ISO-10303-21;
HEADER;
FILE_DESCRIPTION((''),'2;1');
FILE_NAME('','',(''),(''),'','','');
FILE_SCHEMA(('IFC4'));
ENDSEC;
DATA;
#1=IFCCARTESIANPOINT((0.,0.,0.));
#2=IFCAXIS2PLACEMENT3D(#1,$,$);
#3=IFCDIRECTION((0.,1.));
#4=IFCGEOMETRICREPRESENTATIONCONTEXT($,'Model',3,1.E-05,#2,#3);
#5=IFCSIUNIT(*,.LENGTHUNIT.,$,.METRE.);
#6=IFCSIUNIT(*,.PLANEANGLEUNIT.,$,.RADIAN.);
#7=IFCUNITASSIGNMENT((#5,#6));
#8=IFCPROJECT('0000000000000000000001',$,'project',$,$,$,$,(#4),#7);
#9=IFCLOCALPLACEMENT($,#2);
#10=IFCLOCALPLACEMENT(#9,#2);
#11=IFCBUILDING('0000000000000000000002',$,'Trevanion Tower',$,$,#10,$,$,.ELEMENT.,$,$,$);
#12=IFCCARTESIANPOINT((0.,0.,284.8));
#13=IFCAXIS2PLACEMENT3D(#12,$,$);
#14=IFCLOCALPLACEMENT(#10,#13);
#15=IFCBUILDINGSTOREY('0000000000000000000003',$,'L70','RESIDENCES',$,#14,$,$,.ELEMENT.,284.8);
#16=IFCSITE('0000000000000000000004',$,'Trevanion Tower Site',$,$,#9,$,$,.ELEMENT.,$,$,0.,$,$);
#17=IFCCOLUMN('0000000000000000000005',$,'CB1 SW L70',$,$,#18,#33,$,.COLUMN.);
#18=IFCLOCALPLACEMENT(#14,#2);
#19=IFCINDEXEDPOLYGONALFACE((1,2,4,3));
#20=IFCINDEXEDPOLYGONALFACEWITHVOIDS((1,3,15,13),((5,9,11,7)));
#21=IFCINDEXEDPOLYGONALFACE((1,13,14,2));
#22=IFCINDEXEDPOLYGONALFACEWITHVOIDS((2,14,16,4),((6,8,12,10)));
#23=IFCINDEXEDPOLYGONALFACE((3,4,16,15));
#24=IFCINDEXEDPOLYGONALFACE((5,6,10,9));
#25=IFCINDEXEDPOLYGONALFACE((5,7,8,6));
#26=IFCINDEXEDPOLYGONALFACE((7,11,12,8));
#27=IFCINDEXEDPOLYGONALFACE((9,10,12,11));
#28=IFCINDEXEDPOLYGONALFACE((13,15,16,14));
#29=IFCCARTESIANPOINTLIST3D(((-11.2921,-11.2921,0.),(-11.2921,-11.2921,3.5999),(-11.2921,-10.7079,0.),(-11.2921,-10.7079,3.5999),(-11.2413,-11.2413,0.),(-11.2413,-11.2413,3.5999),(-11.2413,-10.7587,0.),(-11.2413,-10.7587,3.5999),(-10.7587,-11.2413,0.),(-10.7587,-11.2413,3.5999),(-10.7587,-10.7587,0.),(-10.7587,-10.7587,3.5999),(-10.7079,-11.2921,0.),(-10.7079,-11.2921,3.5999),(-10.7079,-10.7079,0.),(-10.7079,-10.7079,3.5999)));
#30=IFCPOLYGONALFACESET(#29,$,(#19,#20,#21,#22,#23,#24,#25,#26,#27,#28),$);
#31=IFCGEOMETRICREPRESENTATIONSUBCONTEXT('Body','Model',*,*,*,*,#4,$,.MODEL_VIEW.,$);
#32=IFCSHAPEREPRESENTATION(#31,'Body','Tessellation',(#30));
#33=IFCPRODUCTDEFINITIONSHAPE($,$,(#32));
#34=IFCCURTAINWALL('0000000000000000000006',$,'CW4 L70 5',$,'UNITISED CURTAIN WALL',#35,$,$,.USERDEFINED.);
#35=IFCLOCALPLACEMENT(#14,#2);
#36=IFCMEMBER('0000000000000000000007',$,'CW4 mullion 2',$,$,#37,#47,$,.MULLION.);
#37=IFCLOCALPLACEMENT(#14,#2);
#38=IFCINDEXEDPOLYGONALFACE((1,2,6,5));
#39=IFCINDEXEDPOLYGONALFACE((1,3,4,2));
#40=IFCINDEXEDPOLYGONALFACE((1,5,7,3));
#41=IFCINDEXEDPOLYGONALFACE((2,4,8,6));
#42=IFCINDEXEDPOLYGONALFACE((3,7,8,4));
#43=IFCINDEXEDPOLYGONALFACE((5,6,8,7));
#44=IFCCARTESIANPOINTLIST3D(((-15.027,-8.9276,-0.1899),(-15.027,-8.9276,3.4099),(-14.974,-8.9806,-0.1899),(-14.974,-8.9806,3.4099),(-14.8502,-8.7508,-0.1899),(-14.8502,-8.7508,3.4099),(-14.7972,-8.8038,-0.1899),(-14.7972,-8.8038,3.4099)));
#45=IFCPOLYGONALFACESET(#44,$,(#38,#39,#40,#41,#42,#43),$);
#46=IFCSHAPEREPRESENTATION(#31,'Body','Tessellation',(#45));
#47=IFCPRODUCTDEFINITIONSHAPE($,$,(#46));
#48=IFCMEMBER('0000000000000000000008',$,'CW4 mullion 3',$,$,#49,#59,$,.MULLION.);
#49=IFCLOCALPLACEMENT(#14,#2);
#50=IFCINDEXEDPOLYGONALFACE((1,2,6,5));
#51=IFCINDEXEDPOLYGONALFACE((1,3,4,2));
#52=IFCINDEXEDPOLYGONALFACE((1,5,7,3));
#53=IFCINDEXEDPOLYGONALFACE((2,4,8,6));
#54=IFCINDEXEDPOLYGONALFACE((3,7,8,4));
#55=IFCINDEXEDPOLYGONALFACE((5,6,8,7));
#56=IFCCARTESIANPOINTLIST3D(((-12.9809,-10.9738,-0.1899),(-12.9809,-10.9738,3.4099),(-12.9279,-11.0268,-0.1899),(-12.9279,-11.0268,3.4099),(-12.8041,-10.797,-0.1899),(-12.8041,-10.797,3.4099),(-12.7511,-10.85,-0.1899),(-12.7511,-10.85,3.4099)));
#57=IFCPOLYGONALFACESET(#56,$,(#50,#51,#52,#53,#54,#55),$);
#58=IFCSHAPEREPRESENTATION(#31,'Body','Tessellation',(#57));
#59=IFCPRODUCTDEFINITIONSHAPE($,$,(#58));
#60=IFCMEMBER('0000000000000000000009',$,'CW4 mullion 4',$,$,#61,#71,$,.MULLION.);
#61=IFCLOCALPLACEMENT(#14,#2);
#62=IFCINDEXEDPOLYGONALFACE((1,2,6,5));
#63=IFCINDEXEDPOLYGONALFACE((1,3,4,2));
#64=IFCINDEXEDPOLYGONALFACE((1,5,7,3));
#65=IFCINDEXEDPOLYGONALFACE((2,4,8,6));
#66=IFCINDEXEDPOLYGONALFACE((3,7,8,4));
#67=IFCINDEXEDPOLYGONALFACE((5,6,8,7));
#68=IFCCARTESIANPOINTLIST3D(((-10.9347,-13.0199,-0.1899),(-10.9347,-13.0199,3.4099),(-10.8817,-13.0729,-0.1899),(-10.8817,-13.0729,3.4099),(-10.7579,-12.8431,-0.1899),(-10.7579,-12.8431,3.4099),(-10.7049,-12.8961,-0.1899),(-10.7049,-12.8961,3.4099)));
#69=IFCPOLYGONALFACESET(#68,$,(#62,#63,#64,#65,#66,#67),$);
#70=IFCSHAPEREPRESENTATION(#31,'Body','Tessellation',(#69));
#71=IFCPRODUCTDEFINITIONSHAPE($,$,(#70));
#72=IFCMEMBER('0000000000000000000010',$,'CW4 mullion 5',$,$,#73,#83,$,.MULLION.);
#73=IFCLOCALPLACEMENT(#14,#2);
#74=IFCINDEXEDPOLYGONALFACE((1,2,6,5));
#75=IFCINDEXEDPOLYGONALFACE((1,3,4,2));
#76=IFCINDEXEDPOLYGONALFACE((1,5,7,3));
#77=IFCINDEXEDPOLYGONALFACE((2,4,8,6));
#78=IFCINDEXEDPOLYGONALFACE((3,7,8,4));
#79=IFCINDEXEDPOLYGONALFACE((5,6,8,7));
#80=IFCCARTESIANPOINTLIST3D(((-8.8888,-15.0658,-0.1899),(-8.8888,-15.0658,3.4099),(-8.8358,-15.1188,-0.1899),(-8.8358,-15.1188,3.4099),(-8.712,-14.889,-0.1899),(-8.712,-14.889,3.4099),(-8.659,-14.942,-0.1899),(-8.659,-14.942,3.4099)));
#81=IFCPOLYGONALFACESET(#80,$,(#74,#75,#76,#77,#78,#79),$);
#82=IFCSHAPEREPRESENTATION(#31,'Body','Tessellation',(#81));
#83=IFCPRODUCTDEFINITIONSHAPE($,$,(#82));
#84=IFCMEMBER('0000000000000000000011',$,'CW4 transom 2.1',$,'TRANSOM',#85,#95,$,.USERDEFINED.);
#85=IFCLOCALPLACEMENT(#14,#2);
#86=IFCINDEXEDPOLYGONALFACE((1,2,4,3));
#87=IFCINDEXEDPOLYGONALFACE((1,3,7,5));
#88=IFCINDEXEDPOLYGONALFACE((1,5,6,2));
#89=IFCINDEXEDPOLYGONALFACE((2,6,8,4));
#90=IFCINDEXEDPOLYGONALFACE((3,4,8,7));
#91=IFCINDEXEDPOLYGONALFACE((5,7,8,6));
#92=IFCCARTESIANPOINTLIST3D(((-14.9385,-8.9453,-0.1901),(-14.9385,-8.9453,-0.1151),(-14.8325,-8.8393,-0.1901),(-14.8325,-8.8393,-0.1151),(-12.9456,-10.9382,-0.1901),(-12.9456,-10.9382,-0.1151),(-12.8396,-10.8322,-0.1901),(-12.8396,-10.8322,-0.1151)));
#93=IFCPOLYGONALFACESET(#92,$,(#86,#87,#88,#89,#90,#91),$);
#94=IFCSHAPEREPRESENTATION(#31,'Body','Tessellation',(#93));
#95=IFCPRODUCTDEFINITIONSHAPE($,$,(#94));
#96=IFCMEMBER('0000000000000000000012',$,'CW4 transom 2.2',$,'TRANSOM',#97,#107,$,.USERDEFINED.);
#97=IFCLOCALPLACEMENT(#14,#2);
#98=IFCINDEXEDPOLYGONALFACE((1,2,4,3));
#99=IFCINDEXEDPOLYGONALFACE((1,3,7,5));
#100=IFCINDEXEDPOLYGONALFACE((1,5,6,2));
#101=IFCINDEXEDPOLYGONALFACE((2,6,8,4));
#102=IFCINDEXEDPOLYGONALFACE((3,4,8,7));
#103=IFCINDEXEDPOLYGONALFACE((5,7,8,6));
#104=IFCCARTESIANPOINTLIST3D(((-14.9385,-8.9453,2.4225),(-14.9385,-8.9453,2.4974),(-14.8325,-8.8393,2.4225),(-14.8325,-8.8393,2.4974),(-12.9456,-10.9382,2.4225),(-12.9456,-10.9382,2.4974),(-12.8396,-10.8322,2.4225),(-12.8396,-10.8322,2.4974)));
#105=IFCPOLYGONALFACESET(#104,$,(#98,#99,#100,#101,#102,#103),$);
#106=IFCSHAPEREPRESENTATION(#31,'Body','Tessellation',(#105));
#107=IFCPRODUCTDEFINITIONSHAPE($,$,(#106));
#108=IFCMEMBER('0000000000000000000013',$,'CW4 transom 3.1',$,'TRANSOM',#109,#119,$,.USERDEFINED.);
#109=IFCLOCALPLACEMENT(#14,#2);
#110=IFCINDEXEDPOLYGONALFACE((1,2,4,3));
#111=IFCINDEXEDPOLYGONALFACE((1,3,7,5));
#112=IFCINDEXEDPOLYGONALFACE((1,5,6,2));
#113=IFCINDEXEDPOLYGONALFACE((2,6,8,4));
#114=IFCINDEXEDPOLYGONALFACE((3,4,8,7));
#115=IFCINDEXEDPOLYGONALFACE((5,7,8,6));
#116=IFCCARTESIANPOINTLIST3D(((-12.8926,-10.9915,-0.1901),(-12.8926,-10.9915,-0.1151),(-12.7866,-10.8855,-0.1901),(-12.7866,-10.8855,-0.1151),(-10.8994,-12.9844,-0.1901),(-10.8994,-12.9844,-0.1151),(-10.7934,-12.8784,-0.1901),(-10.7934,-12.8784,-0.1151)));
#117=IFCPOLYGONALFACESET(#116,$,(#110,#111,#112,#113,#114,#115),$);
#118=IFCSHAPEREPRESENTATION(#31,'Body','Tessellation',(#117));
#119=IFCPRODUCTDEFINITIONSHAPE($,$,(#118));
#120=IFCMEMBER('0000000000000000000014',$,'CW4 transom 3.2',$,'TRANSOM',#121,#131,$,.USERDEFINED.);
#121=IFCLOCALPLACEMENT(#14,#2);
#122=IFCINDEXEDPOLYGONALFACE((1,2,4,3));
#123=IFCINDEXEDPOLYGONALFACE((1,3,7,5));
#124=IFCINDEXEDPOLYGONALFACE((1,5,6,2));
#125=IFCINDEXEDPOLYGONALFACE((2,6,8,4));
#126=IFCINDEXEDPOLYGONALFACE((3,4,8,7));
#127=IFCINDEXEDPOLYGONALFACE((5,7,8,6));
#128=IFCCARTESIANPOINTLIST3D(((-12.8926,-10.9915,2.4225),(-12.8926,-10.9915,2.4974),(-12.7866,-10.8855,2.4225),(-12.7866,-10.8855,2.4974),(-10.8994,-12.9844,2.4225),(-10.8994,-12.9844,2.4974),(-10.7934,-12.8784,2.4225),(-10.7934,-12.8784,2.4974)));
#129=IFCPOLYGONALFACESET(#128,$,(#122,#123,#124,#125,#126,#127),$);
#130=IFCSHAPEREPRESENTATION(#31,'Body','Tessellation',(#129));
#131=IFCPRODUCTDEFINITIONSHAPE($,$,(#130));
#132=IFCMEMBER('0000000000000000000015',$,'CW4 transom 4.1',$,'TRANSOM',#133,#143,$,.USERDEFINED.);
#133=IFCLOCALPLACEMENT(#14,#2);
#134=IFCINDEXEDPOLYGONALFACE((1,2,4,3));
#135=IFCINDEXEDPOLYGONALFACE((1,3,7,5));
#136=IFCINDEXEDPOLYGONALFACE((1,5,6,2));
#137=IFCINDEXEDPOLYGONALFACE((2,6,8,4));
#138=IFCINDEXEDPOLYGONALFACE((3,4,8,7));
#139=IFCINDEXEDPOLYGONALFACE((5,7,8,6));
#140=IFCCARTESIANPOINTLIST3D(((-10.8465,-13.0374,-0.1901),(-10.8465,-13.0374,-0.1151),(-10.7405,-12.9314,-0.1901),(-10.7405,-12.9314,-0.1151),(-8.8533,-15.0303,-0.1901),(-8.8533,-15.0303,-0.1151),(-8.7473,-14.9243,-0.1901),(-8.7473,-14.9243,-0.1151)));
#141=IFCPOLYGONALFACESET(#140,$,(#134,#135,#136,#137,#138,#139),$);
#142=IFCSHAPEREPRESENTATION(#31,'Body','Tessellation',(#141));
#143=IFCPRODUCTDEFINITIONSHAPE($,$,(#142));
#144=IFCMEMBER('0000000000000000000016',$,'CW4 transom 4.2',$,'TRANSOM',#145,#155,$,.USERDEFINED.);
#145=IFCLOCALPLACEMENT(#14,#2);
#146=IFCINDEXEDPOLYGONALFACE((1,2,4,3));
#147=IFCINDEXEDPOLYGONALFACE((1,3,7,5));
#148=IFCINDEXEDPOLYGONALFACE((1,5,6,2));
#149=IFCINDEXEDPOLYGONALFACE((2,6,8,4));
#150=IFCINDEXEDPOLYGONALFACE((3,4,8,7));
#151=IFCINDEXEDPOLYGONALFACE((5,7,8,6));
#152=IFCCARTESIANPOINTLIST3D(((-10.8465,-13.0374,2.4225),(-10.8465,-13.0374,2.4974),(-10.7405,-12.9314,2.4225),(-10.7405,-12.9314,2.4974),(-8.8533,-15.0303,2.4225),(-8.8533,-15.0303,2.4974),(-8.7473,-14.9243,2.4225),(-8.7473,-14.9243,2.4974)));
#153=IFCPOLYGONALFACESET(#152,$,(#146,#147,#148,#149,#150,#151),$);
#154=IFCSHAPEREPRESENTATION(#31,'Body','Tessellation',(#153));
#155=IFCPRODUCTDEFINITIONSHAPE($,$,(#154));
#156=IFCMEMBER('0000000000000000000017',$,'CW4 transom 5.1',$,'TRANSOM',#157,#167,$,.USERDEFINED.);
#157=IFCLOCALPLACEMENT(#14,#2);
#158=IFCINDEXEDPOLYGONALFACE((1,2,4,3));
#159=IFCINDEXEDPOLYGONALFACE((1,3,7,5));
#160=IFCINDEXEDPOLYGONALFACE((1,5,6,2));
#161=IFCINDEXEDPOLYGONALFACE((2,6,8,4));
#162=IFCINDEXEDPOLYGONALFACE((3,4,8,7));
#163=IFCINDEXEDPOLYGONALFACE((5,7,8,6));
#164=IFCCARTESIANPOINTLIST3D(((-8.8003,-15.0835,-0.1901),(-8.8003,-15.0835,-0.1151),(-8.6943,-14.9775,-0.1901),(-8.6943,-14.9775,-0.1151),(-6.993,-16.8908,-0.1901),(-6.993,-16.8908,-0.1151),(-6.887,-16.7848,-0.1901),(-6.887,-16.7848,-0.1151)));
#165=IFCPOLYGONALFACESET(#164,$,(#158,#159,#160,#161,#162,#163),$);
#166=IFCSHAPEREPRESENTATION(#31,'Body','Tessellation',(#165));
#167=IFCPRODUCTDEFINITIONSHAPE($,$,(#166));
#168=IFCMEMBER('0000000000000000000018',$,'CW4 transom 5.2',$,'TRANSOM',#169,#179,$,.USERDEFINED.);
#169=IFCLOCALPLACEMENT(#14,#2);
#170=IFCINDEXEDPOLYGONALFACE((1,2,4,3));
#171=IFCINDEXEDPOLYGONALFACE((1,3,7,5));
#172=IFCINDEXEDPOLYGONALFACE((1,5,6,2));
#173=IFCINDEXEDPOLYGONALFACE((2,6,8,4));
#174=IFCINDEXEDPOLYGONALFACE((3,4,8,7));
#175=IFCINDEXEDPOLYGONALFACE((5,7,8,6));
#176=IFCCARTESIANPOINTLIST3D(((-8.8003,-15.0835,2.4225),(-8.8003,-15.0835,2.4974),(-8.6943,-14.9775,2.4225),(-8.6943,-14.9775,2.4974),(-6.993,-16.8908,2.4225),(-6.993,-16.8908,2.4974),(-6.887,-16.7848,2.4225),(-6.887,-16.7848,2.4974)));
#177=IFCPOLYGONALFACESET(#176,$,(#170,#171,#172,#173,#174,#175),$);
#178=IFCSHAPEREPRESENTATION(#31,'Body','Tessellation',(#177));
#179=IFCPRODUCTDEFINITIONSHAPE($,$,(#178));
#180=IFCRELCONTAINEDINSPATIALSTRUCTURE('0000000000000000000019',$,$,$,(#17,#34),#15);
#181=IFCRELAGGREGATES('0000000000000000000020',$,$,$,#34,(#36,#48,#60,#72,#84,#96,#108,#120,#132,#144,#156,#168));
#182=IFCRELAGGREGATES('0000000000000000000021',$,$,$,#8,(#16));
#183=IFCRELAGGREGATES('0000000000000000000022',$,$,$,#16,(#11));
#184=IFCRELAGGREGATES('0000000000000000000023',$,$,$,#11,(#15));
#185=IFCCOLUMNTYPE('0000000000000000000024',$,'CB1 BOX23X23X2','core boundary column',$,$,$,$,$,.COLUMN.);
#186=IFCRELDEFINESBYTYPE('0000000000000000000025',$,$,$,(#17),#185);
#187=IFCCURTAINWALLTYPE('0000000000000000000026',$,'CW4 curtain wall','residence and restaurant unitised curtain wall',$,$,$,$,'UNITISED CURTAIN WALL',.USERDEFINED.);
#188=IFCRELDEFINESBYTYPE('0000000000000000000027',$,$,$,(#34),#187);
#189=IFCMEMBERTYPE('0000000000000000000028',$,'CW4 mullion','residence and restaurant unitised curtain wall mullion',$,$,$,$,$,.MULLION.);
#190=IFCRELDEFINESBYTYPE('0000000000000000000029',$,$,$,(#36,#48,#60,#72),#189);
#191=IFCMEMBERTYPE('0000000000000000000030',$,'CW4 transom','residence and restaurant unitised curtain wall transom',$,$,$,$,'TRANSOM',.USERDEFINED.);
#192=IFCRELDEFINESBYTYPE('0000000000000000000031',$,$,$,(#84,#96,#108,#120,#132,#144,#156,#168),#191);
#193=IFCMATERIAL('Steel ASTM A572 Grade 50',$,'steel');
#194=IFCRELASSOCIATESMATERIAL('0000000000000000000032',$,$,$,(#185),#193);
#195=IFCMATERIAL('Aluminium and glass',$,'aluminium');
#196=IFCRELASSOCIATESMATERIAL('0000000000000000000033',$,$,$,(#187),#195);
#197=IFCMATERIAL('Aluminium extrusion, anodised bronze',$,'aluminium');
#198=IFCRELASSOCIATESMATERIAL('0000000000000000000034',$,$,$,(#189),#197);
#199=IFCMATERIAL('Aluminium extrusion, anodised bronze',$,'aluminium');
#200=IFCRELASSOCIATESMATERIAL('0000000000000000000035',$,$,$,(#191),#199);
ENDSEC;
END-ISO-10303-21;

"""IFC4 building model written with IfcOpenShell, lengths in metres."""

from ifc_helpers import new_model, si_unit, direction, frame, origin, origin_2d, place, context, subcontext, project, spatial, rectangle, hollow_rectangle, extrude, material, material_profile, profile_set, type_object, element, aggregate, save


model = new_model("IFC4")

# Units and contexts
model_context = context("Model", 3, precision=1e-05, world=origin(), true_north=direction((0.0, 1.0)))
body_context = subcontext(model_context, "Body", "Model", "MODEL_VIEW")
ifc_project = project(units=[si_unit("LENGTHUNIT", "METRE"), si_unit("PLANEANGLEUNIT", "RADIAN")], contexts=[model_context])

# Site, building, storey
site_placement = place(None, origin())
site = spatial("IfcSite", under=ifc_project, at=site_placement, Name="Trevanion Tower Site", CompositionType="ELEMENT", RefElevation=0.0)
building_placement = place(site_placement, origin())
building = spatial("IfcBuilding", under=site, at=building_placement, Name="Trevanion Tower", CompositionType="ELEMENT")
storey_placement = place(building_placement, frame((0.0, 0.0, 284.8)))
storey = spatial("IfcBuildingStorey", under=building, at=storey_placement, Name="L70", Description="RESIDENCES", CompositionType="ELEMENT", Elevation=284.8)

# Column
ifc_material_1 = material(Name="Steel ASTM A572 Grade 50", Category="steel")
ifc_material_profile_1 = material_profile(ifc_material_1, hollow_rectangle(XDim=0.5842, YDim=0.5842, WallThickness=0.0508, at=origin_2d()), Name="BOX23X23X2")
ifc_profile_set_1 = profile_set([ifc_material_profile_1], Name="Steel ASTM A572 Grade 50")
column_type = type_object("IfcColumnType", Name="CB1 BOX23X23X2", Description="core boundary column", PredefinedType="COLUMN", material=ifc_profile_set_1)
column_placement = place(storey_placement, frame((-11.0, -11.0, 0.0), z_axis=(0.0, 0.0, 1.0), x_axis=(1.0, 0.0, 0.0)))
element("IfcColumn", 1, at=column_placement, inside=storey, type_object=column_type, Name="CB1 SW L70", PredefinedType="COLUMN", context=body_context, shape_type="SweptSolid", body=[
    extrude(hollow_rectangle(XDim=0.5842, YDim=0.5842, WallThickness=0.0508, at=origin_2d()), origin(), (0.0, 0.0, 1.0), 3.5999),
])

# Curtain wall, members
ifc_material_2 = material(Name="Aluminium and glass", Category="aluminium")
curtain_wall_type = type_object("IfcCurtainWallType", Name="CW4 curtain wall", Description="residence and restaurant unitised curtain wall", ElementType="UNITISED CURTAIN WALL", PredefinedType="USERDEFINED", material=ifc_material_2)
curtain_wall_placement = place(storey_placement, origin())
curtain_wall = element("IfcCurtainWall", 2, at=curtain_wall_placement, inside=storey, type_object=curtain_wall_type, Name="CW4 L70 5", ObjectType="UNITISED CURTAIN WALL", PredefinedType="USERDEFINED")
ifc_material_3 = material(Name="Aluminium extrusion, anodised bronze", Category="aluminium")
ifc_material_profile_2 = material_profile(ifc_material_3, rectangle(XDim=0.075, YDim=0.25, at=origin_2d()), Name="CW4 mullion")
ifc_profile_set_2 = profile_set([ifc_material_profile_2], Name="Aluminium extrusion, anodised bronze")
member_type_1 = type_object("IfcMemberType", Name="CW4 mullion", Description="residence and restaurant unitised curtain wall mullion", PredefinedType="MULLION", material=ifc_profile_set_2)
member_1_placement = place(storey_placement, frame((-14.9121, -8.8657, -0.1899), z_axis=(0.0, 0.0, 1.0), x_axis=(0.707107, -0.707107, 0.0)))
member_1 = element("IfcMember", 3, at=member_1_placement, type_object=member_type_1, Name="CW4 mullion 2", PredefinedType="MULLION", context=body_context, shape_type="SweptSolid", body=[
    extrude(rectangle(XDim=0.075, YDim=0.25, at=origin_2d()), origin(), (0.0, 0.0, 1.0), 3.5999),
])
member_2_placement = place(storey_placement, frame((-12.866, -10.9119, -0.1899), z_axis=(0.0, 0.0, 1.0), x_axis=(0.707107, -0.707107, 0.0)))
member_2 = element("IfcMember", 4, at=member_2_placement, type_object=member_type_1, Name="CW4 mullion 3", PredefinedType="MULLION", context=body_context, shape_type="SweptSolid", body=[
    extrude(rectangle(XDim=0.075, YDim=0.25, at=origin_2d()), origin(), (0.0, 0.0, 1.0), 3.5999),
])
member_3_placement = place(storey_placement, frame((-10.8198, -12.958, -0.1899), z_axis=(0.0, 0.0, 1.0), x_axis=(0.707107, -0.707107, 0.0)))
member_3 = element("IfcMember", 5, at=member_3_placement, type_object=member_type_1, Name="CW4 mullion 4", PredefinedType="MULLION", context=body_context, shape_type="SweptSolid", body=[
    extrude(rectangle(XDim=0.075, YDim=0.25, at=origin_2d()), origin(), (0.0, 0.0, 1.0), 3.5999),
])
member_4_placement = place(storey_placement, frame((-8.7739, -15.0039, -0.1899), z_axis=(0.0, 0.0, 1.0), x_axis=(0.707107, -0.707107, 0.0)))
member_4 = element("IfcMember", 6, at=member_4_placement, type_object=member_type_1, Name="CW4 mullion 5", PredefinedType="MULLION", context=body_context, shape_type="SweptSolid", body=[
    extrude(rectangle(XDim=0.075, YDim=0.25, at=origin_2d()), origin(), (0.0, 0.0, 1.0), 3.5999),
])
ifc_material_4 = material(Name="Aluminium extrusion, anodised bronze", Category="aluminium")
ifc_material_profile_3 = material_profile(ifc_material_4, rectangle(XDim=0.1499, YDim=0.075, at=origin_2d()), Name="CW4 transom")
ifc_profile_set_3 = profile_set([ifc_material_profile_3], Name="Aluminium extrusion, anodised bronze")
member_type_2 = type_object("IfcMemberType", Name="CW4 transom", Description="residence and restaurant unitised curtain wall transom", ElementType="TRANSOM", PredefinedType="USERDEFINED", material=ifc_profile_set_3)
member_5_placement = place(storey_placement, frame((-14.8855, -8.8923, -0.1526), z_axis=(0.707107, -0.707107, 0.0), x_axis=(0.707107, 0.707107, 0.0)))
member_5 = element("IfcMember", 7, at=member_5_placement, type_object=member_type_2, Name="CW4 transom 2.1", ObjectType="TRANSOM", PredefinedType="USERDEFINED", context=body_context, shape_type="SweptSolid", body=[
    extrude(rectangle(XDim=0.1499, YDim=0.075, at=origin_2d()), origin(), (0.0, 0.0, 1.0), 2.8184),
])
member_6_placement = place(storey_placement, frame((-14.8855, -8.8923, 2.46), z_axis=(0.707107, -0.707107, 0.0), x_axis=(0.707107, 0.707107, 0.0)))
member_6 = element("IfcMember", 8, at=member_6_placement, type_object=member_type_2, Name="CW4 transom 2.2", ObjectType="TRANSOM", PredefinedType="USERDEFINED", context=body_context, shape_type="SweptSolid", body=[
    extrude(rectangle(XDim=0.1499, YDim=0.075, at=origin_2d()), origin(), (0.0, 0.0, 1.0), 2.8184),
])
member_7_placement = place(storey_placement, frame((-12.8396, -10.9385, -0.1526), z_axis=(0.70715, -0.707063, 0.0), x_axis=(0.707063, 0.70715, 0.0)))
member_7 = element("IfcMember", 9, at=member_7_placement, type_object=member_type_2, Name="CW4 transom 3.1", ObjectType="TRANSOM", PredefinedType="USERDEFINED", context=body_context, shape_type="SweptSolid", body=[
    extrude(rectangle(XDim=0.1499, YDim=0.075, at=origin_2d()), origin(), (0.0, 0.0, 1.0), 2.8186),
])
member_8_placement = place(storey_placement, frame((-12.8396, -10.9385, 2.46), z_axis=(0.70715, -0.707063, 0.0), x_axis=(0.707063, 0.70715, 0.0)))
member_8 = element("IfcMember", 10, at=member_8_placement, type_object=member_type_2, Name="CW4 transom 3.2", ObjectType="TRANSOM", PredefinedType="USERDEFINED", context=body_context, shape_type="SweptSolid", body=[
    extrude(rectangle(XDim=0.1499, YDim=0.075, at=origin_2d()), origin(), (0.0, 0.0, 1.0), 2.8186),
])
member_9_placement = place(storey_placement, frame((-10.7935, -12.9844, -0.1526), z_axis=(0.70715, -0.707063, 0.0), x_axis=(0.707063, 0.70715, 0.0)))
member_9 = element("IfcMember", 11, at=member_9_placement, type_object=member_type_2, Name="CW4 transom 4.1", ObjectType="TRANSOM", PredefinedType="USERDEFINED", context=body_context, shape_type="SweptSolid", body=[
    extrude(rectangle(XDim=0.1499, YDim=0.075, at=origin_2d()), origin(), (0.0, 0.0, 1.0), 2.8186),
])
member_10_placement = place(storey_placement, frame((-10.7935, -12.9844, 2.46), z_axis=(0.70715, -0.707063, 0.0), x_axis=(0.707063, 0.70715, 0.0)))
member_10 = element("IfcMember", 12, at=member_10_placement, type_object=member_type_2, Name="CW4 transom 4.2", ObjectType="TRANSOM", PredefinedType="USERDEFINED", context=body_context, shape_type="SweptSolid", body=[
    extrude(rectangle(XDim=0.1499, YDim=0.075, at=origin_2d()), origin(), (0.0, 0.0, 1.0), 2.8186),
])
member_11_placement = place(storey_placement, frame((-8.7473, -15.0305, -0.1526), z_axis=(0.707107, -0.707107, 0.0), x_axis=(0.707107, 0.707107, 0.0)))
member_11 = element("IfcMember", 13, at=member_11_placement, type_object=member_type_2, Name="CW4 transom 5.1", ObjectType="TRANSOM", PredefinedType="USERDEFINED", context=body_context, shape_type="SweptSolid", body=[
    extrude(rectangle(XDim=0.1499, YDim=0.075, at=origin_2d()), origin(), (0.0, 0.0, 1.0), 2.5559),
])
member_12_placement = place(storey_placement, frame((-8.7473, -15.0305, 2.46), z_axis=(0.707107, -0.707107, 0.0), x_axis=(0.707107, 0.707107, 0.0)))
member_12 = element("IfcMember", 14, at=member_12_placement, type_object=member_type_2, Name="CW4 transom 5.2", ObjectType="TRANSOM", PredefinedType="USERDEFINED", context=body_context, shape_type="SweptSolid", body=[
    extrude(rectangle(XDim=0.1499, YDim=0.075, at=origin_2d()), origin(), (0.0, 0.0, 1.0), 2.5559),
])

aggregate(curtain_wall, [member_1, member_2, member_3, member_4, member_5, member_6, member_7, member_8, member_9, member_10, member_11, member_12])

save(model, "model.ifc")
